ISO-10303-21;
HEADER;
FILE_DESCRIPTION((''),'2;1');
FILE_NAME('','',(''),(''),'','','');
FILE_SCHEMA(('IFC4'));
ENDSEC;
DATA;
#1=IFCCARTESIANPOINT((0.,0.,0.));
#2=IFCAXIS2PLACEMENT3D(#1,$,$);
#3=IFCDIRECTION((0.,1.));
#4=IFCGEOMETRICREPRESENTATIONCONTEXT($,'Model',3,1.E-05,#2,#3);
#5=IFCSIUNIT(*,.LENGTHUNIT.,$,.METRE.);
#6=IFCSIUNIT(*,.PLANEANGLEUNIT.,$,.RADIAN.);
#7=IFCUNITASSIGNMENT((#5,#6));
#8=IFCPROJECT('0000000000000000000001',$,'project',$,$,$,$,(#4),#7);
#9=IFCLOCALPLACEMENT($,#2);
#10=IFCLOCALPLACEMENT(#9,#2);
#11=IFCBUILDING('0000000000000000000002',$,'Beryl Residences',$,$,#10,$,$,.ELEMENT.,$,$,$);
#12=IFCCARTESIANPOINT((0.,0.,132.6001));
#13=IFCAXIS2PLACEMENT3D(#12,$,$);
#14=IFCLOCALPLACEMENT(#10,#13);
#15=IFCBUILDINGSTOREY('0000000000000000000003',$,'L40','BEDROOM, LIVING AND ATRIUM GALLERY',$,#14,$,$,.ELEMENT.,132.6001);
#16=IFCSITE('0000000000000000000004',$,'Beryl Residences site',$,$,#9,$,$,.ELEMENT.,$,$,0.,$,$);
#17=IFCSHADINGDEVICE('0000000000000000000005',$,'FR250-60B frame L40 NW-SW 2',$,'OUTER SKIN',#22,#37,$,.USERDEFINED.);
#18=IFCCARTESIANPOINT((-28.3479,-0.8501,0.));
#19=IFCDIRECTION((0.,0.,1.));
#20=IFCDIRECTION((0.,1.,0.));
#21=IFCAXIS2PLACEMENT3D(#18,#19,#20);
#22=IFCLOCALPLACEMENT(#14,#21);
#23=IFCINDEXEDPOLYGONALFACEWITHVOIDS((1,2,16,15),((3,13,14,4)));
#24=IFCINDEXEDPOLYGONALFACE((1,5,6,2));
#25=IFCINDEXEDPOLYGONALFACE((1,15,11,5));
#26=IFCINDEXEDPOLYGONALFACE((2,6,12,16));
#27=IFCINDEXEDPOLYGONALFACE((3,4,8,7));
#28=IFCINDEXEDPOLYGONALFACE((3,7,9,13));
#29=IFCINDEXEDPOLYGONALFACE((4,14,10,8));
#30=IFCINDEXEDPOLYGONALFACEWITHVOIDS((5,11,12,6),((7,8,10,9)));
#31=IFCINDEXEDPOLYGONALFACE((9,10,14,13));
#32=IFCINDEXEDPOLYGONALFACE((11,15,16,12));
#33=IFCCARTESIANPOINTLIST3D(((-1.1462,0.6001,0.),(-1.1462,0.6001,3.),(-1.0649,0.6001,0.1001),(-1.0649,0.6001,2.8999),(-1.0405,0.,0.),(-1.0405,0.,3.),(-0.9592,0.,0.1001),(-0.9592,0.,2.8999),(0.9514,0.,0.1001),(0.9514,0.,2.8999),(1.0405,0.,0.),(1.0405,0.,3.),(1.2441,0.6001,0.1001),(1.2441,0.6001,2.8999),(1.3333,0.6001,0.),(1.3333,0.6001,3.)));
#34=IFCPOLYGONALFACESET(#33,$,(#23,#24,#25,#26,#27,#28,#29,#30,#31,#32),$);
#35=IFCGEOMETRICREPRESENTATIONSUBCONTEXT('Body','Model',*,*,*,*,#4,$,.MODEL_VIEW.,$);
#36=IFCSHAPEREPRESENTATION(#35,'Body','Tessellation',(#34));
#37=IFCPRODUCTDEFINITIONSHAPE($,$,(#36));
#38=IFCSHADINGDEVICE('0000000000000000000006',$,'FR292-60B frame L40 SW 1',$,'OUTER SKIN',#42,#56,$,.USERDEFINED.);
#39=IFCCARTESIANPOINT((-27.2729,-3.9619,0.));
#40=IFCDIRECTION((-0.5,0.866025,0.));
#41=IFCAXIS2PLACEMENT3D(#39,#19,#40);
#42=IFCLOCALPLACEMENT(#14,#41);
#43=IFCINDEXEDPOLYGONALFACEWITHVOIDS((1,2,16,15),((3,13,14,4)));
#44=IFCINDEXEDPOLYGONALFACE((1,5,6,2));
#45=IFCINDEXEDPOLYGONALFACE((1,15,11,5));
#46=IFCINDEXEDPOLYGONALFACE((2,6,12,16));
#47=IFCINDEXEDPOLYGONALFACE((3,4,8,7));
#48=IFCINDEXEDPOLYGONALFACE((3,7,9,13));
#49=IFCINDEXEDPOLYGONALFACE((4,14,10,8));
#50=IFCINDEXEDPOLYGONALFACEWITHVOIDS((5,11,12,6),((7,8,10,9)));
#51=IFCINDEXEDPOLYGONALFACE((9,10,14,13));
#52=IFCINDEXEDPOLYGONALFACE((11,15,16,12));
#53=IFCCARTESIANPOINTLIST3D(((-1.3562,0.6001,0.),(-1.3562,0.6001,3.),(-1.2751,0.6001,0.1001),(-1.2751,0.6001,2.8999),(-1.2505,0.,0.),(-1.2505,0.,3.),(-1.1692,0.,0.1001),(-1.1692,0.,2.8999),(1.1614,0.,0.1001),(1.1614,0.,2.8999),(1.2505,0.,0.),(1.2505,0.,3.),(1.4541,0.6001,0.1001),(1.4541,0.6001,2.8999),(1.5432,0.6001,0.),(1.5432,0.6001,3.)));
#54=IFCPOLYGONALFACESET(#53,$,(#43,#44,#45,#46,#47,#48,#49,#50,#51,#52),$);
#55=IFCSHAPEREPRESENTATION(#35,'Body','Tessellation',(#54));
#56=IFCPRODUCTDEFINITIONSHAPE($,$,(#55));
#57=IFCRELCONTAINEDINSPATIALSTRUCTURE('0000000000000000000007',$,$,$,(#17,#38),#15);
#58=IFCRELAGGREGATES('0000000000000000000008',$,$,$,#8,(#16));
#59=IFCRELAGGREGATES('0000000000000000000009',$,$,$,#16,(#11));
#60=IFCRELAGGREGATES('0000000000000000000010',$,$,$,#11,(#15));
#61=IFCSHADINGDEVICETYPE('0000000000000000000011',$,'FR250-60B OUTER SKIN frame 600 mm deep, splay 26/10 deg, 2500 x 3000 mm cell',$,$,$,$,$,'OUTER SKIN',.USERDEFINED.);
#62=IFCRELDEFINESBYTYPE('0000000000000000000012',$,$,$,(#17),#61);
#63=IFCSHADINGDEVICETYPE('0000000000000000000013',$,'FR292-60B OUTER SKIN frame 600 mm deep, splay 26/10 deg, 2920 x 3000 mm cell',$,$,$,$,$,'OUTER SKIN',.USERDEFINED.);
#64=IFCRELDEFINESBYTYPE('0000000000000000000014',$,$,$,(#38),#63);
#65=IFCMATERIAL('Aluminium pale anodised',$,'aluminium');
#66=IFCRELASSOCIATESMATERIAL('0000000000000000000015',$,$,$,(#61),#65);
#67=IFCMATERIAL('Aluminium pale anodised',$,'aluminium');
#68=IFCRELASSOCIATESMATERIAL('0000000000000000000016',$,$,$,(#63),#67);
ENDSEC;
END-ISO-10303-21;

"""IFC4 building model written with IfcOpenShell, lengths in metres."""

from ifc_helpers import new_model, entity, si_unit, direction, frame, origin, place, context, subcontext, project, spatial, source, transform, mapped, material, type_object, type_shapes, element, save


model = new_model("IFC4")

# Units and contexts
model_context = context("Model", 3, precision=1e-05, world=origin(), true_north=direction((0.0, 1.0)))
body_context = subcontext(model_context, "Body", "Model", "MODEL_VIEW")
ifc_project = project(units=[si_unit("LENGTHUNIT", "METRE"), si_unit("PLANEANGLEUNIT", "RADIAN")], contexts=[model_context])

# Site, building, storey
site_placement = place(None, origin())
site = spatial("IfcSite", under=ifc_project, at=site_placement, Name="Beryl Residences site", CompositionType="ELEMENT", RefElevation=0.0)
building_placement = place(site_placement, origin())
building = spatial("IfcBuilding", under=site, at=building_placement, Name="Beryl Residences", CompositionType="ELEMENT")
storey_placement = place(building_placement, frame((0.0, 0.0, 132.6001)))
storey = spatial("IfcBuildingStorey", under=building, at=storey_placement, Name="L40", Description="BEDROOM, LIVING AND ATRIUM GALLERY", CompositionType="ELEMENT", Elevation=132.6001)

# Shading devices
ifc_material_1 = material(Name="Aluminium pale anodised", Category="aluminium")
shading_device_type_1 = type_object("IfcShadingDeviceType", Name="FR250-60B OUTER SKIN frame 600 mm deep, splay 26/10 deg, 2500 x 3000 mm cell", ElementType="OUTER SKIN", PredefinedType="USERDEFINED", material=ifc_material_1)
cartesian_point_1 = entity("IfcCartesianPoint", [-1.0405, 0.0])
cartesian_point_2 = entity("IfcCartesianPoint", [-0.9514, 0.1001])
cartesian_point_3 = entity("IfcCartesianPoint", [-1.3333, 0.0])
cartesian_point_4 = entity("IfcCartesianPoint", [-1.2441, 0.1001])
shared_shape_1 = source(origin(), body_context, "Body", "SweptSolid", [
    entity("IfcExtrudedAreaSolidTapered", entity("IfcArbitraryProfileDefWithVoids", "AREA", None, entity("IfcPolyline", [cartesian_point_1, entity("IfcCartesianPoint", [1.0405, 0.0]), entity("IfcCartesianPoint", [1.0405, 3.0]), entity("IfcCartesianPoint", [-1.0405, 3.0]), cartesian_point_1]), [entity("IfcPolyline", [cartesian_point_2, entity("IfcCartesianPoint", [0.9592, 0.1001]), entity("IfcCartesianPoint", [0.9592, 2.8999]), entity("IfcCartesianPoint", [-0.9514, 2.8999]), cartesian_point_2])]), entity("IfcAxis2Placement3D", entity("IfcCartesianPoint", [0.0, 0.0, 0.0]), entity("IfcDirection", [0.0, 1.0, 0.0]), entity("IfcDirection", [-1.0, 0.0, 0.0])), entity("IfcDirection", [0.0, 0.0, 1.0]), 0.6001, entity("IfcArbitraryProfileDefWithVoids", "AREA", None, entity("IfcPolyline", [cartesian_point_3, entity("IfcCartesianPoint", [1.1462, 0.0]), entity("IfcCartesianPoint", [1.1462, 3.0]), entity("IfcCartesianPoint", [-1.3333, 3.0]), cartesian_point_3]), [entity("IfcPolyline", [cartesian_point_4, entity("IfcCartesianPoint", [1.0649, 0.1001]), entity("IfcCartesianPoint", [1.0649, 2.8999]), entity("IfcCartesianPoint", [-1.2441, 2.8999]), cartesian_point_4])])),
])
type_shapes(shading_device_type_1, [shared_shape_1])
shading_device_1_placement = place(storey_placement, frame((-28.3479, -0.8501, 0.0), z_axis=(0.0, 0.0, 1.0), x_axis=(0.0, 1.0, 0.0)))
element("IfcShadingDevice", 1, at=shading_device_1_placement, inside=storey, type_object=shading_device_type_1, Name="FR250-60B frame L40 NW-SW 2", ObjectType="OUTER SKIN", PredefinedType="USERDEFINED", context=body_context, shape_type="MappedRepresentation", body=[
    mapped(shared_shape_1, transform((0.0, 0.0, 0.0))),
])
ifc_material_2 = material(Name="Aluminium pale anodised", Category="aluminium")
shading_device_type_2 = type_object("IfcShadingDeviceType", Name="FR292-60B OUTER SKIN frame 600 mm deep, splay 26/10 deg, 2920 x 3000 mm cell", ElementType="OUTER SKIN", PredefinedType="USERDEFINED", material=ifc_material_2)
cartesian_point_5 = entity("IfcCartesianPoint", [-1.2505, 0.0])
cartesian_point_6 = entity("IfcCartesianPoint", [-1.1614, 0.1001])
cartesian_point_7 = entity("IfcCartesianPoint", [-1.5432, 0.0])
cartesian_point_8 = entity("IfcCartesianPoint", [-1.4541, 0.1001])
shared_shape_2 = source(origin(), body_context, "Body", "SweptSolid", [
    entity("IfcExtrudedAreaSolidTapered", entity("IfcArbitraryProfileDefWithVoids", "AREA", None, entity("IfcPolyline", [cartesian_point_5, entity("IfcCartesianPoint", [1.2505, 0.0]), entity("IfcCartesianPoint", [1.2505, 3.0]), entity("IfcCartesianPoint", [-1.2505, 3.0]), cartesian_point_5]), [entity("IfcPolyline", [cartesian_point_6, entity("IfcCartesianPoint", [1.1692, 0.1001]), entity("IfcCartesianPoint", [1.1692, 2.8999]), entity("IfcCartesianPoint", [-1.1614, 2.8999]), cartesian_point_6])]), entity("IfcAxis2Placement3D", entity("IfcCartesianPoint", [0.0, 0.0, 0.0]), entity("IfcDirection", [0.0, 1.0, 0.0]), entity("IfcDirection", [-1.0, 0.0, 0.0])), entity("IfcDirection", [0.0, 0.0, 1.0]), 0.6001, entity("IfcArbitraryProfileDefWithVoids", "AREA", None, entity("IfcPolyline", [cartesian_point_7, entity("IfcCartesianPoint", [1.3562, 0.0]), entity("IfcCartesianPoint", [1.3562, 3.0]), entity("IfcCartesianPoint", [-1.5432, 3.0]), cartesian_point_7]), [entity("IfcPolyline", [cartesian_point_8, entity("IfcCartesianPoint", [1.2751, 0.1001]), entity("IfcCartesianPoint", [1.2751, 2.8999]), entity("IfcCartesianPoint", [-1.4541, 2.8999]), cartesian_point_8])])),
])
type_shapes(shading_device_type_2, [shared_shape_2])
shading_device_2_placement = place(storey_placement, frame((-27.2729, -3.9619, 0.0), z_axis=(0.0, 0.0, 1.0), x_axis=(-0.5, 0.866025, 0.0)))
element("IfcShadingDevice", 2, at=shading_device_2_placement, inside=storey, type_object=shading_device_type_2, Name="FR292-60B frame L40 SW 1", ObjectType="OUTER SKIN", PredefinedType="USERDEFINED", context=body_context, shape_type="MappedRepresentation", body=[
    mapped(shared_shape_2, transform((0.0, 0.0, 0.0))),
])

save(model, "model.ifc")
